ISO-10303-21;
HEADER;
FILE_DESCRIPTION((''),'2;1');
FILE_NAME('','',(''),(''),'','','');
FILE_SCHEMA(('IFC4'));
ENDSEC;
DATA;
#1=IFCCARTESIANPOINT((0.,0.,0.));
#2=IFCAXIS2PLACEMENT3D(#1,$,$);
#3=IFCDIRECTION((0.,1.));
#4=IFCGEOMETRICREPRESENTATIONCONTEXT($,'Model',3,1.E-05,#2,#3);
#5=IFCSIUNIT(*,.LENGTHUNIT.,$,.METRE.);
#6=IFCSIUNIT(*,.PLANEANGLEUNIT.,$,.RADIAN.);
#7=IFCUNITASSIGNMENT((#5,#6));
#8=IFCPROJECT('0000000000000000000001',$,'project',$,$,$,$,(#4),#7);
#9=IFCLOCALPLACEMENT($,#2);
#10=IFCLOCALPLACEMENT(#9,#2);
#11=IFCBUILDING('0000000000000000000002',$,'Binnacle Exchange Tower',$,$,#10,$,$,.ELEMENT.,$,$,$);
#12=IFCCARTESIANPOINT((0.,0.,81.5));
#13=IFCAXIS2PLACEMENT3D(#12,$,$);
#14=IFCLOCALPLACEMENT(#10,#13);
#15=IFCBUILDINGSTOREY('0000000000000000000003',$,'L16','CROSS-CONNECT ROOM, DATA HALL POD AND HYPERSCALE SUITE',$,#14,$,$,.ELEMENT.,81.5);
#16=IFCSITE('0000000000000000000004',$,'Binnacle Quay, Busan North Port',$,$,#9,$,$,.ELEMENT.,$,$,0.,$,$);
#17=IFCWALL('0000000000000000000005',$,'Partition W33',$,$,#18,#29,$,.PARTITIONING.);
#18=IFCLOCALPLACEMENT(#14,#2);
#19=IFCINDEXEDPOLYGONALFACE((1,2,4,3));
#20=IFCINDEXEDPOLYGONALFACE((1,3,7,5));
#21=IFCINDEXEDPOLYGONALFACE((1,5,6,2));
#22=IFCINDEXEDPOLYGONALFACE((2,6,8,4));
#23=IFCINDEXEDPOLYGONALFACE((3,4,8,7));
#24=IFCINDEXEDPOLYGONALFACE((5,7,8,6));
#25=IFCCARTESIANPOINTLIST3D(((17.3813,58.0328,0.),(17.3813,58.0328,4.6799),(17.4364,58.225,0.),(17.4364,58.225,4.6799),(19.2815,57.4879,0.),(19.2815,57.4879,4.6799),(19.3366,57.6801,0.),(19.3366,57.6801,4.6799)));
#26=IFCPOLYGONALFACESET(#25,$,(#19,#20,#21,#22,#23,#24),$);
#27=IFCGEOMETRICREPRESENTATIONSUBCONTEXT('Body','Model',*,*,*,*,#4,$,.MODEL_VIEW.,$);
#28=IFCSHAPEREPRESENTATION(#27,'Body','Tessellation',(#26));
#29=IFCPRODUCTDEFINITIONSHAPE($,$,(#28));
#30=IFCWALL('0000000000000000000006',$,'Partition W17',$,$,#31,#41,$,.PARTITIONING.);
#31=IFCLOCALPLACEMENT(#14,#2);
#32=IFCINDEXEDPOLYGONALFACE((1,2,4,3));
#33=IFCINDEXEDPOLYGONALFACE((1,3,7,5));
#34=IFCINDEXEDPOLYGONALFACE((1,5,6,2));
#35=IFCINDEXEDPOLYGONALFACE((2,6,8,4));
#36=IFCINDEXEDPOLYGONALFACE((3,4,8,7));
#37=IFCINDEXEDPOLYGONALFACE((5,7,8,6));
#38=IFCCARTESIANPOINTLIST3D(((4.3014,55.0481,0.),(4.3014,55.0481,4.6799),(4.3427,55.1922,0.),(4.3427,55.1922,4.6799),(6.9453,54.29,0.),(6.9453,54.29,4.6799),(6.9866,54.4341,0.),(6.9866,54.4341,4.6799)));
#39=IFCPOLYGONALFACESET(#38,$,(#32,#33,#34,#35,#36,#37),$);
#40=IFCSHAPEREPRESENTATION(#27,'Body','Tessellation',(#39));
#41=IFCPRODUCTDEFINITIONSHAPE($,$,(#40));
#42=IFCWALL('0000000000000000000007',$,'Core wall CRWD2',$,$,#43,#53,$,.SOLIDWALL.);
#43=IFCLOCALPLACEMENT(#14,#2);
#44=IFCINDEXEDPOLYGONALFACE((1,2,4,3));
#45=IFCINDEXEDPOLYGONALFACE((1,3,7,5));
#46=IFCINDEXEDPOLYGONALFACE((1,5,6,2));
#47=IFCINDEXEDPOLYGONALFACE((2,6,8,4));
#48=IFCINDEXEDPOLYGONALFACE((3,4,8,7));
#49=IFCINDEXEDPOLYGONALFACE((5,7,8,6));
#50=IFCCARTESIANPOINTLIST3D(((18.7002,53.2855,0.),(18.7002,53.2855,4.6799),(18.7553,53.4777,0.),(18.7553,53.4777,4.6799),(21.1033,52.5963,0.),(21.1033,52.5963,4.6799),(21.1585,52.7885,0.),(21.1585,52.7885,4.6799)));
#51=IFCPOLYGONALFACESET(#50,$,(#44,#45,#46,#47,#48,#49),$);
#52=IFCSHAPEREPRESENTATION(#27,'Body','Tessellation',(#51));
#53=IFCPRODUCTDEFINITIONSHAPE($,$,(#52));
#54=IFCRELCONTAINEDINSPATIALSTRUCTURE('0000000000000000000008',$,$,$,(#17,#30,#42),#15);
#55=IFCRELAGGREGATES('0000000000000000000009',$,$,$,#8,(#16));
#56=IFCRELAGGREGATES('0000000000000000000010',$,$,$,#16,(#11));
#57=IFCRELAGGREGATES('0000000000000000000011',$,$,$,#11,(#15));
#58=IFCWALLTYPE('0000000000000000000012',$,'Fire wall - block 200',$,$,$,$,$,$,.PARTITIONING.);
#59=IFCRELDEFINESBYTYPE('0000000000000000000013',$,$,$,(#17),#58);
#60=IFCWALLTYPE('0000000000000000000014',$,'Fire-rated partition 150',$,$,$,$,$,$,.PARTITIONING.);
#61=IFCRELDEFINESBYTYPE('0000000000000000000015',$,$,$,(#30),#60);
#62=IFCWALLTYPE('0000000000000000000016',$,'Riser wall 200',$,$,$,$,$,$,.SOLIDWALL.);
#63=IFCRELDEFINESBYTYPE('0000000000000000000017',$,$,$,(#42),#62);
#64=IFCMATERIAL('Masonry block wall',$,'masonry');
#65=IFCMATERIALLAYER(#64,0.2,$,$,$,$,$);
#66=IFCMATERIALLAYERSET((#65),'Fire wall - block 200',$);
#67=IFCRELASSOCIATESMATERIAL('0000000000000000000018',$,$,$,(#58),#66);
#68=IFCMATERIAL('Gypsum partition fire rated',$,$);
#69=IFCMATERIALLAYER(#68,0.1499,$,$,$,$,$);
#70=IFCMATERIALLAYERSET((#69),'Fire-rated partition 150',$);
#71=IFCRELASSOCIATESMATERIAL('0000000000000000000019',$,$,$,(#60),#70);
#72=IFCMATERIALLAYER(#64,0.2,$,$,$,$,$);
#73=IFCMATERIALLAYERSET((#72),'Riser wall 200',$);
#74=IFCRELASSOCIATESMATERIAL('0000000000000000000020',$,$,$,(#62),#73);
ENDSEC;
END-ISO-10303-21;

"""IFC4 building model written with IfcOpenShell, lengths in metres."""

from ifc_helpers import new_model, si_unit, direction, frame, frame_2d, origin, place, context, subcontext, project, spatial, rectangle, extrude, material, layer, layer_set, type_object, element, save


model = new_model("IFC4")

# Units and contexts
model_context = context("Model", 3, precision=1e-05, world=origin(), true_north=direction((0.0, 1.0)))
body_context = subcontext(model_context, "Body", "Model", "MODEL_VIEW")
ifc_project = project(units=[si_unit("LENGTHUNIT", "METRE"), si_unit("PLANEANGLEUNIT", "RADIAN")], contexts=[model_context])

# Site, building, storey
site_placement = place(None, origin())
site = spatial("IfcSite", under=ifc_project, at=site_placement, Name="Binnacle Quay, Busan North Port", CompositionType="ELEMENT", RefElevation=0.0)
building_placement = place(site_placement, origin())
building = spatial("IfcBuilding", under=site, at=building_placement, Name="Binnacle Exchange Tower", CompositionType="ELEMENT")
storey_placement = place(building_placement, frame((0.0, 0.0, 81.5)))
storey = spatial("IfcBuildingStorey", under=building, at=storey_placement, Name="L16", Description="CROSS-CONNECT ROOM, DATA HALL POD AND HYPERSCALE SUITE", CompositionType="ELEMENT", Elevation=81.5)

# Walls
ifc_material_1 = material(Name="Masonry block wall", Category="masonry")
ifc_layer_1 = layer(ifc_material_1, 0.2)
ifc_layer_set_1 = layer_set([ifc_layer_1], Name="Fire wall - block 200")
wall_type_1 = type_object("IfcWallType", Name="Fire wall - block 200", PredefinedType="PARTITIONING", material=ifc_layer_set_1)
wall_1_placement = place(storey_placement, frame((17.4089, 58.1289, 0.0), z_axis=(0.0, 0.0, 1.0), x_axis=(0.961253, -0.275667, 0.0)))
element("IfcWall", 1, at=wall_1_placement, inside=storey, type_object=wall_type_1, Name="Partition W33", PredefinedType="PARTITIONING", context=body_context, shape_type="SweptSolid", body=[
    extrude(rectangle(XDim=1.9768, YDim=0.2, at=frame_2d((0.9883, 0.0))), origin(), (0.0, 0.0, 1.0), 4.6799),
])
ifc_material_2 = material(Name="Gypsum partition fire rated")
ifc_layer_2 = layer(ifc_material_2, 0.1499)
ifc_layer_set_2 = layer_set([ifc_layer_2], Name="Fire-rated partition 150")
wall_type_2 = type_object("IfcWallType", Name="Fire-rated partition 150", PredefinedType="PARTITIONING", material=ifc_layer_set_2)
wall_2_placement = place(storey_placement, frame((4.322, 55.1201, 0.0), z_axis=(0.0, 0.0, 1.0), x_axis=(0.961272, -0.2756, 0.0)))
element("IfcWall", 2, at=wall_2_placement, inside=storey, type_object=wall_type_2, Name="Partition W17", PredefinedType="PARTITIONING", context=body_context, shape_type="SweptSolid", body=[
    extrude(rectangle(XDim=2.7505, YDim=0.1499, at=frame_2d((1.3752, 0.0))), origin(), (0.0, 0.0, 1.0), 4.6799),
])
ifc_layer_3 = layer(ifc_material_1, 0.2)
ifc_layer_set_3 = layer_set([ifc_layer_3], Name="Riser wall 200")
wall_type_3 = type_object("IfcWallType", Name="Riser wall 200", PredefinedType="SOLIDWALL", material=ifc_layer_set_3)
wall_3_placement = place(storey_placement, frame((18.7278, 53.3816, 0.0), z_axis=(0.0, 0.0, 1.0), x_axis=(0.961247, -0.275688, 0.0)))
element("IfcWall", 3, at=wall_3_placement, inside=storey, type_object=wall_type_3, Name="Core wall CRWD2", PredefinedType="SOLIDWALL", context=body_context, shape_type="SweptSolid", body=[
    extrude(rectangle(XDim=2.5, YDim=0.2, at=frame_2d((1.25, 0.0))), origin(), (0.0, 0.0, 1.0), 4.6799),
])

save(model, "model.ifc")
